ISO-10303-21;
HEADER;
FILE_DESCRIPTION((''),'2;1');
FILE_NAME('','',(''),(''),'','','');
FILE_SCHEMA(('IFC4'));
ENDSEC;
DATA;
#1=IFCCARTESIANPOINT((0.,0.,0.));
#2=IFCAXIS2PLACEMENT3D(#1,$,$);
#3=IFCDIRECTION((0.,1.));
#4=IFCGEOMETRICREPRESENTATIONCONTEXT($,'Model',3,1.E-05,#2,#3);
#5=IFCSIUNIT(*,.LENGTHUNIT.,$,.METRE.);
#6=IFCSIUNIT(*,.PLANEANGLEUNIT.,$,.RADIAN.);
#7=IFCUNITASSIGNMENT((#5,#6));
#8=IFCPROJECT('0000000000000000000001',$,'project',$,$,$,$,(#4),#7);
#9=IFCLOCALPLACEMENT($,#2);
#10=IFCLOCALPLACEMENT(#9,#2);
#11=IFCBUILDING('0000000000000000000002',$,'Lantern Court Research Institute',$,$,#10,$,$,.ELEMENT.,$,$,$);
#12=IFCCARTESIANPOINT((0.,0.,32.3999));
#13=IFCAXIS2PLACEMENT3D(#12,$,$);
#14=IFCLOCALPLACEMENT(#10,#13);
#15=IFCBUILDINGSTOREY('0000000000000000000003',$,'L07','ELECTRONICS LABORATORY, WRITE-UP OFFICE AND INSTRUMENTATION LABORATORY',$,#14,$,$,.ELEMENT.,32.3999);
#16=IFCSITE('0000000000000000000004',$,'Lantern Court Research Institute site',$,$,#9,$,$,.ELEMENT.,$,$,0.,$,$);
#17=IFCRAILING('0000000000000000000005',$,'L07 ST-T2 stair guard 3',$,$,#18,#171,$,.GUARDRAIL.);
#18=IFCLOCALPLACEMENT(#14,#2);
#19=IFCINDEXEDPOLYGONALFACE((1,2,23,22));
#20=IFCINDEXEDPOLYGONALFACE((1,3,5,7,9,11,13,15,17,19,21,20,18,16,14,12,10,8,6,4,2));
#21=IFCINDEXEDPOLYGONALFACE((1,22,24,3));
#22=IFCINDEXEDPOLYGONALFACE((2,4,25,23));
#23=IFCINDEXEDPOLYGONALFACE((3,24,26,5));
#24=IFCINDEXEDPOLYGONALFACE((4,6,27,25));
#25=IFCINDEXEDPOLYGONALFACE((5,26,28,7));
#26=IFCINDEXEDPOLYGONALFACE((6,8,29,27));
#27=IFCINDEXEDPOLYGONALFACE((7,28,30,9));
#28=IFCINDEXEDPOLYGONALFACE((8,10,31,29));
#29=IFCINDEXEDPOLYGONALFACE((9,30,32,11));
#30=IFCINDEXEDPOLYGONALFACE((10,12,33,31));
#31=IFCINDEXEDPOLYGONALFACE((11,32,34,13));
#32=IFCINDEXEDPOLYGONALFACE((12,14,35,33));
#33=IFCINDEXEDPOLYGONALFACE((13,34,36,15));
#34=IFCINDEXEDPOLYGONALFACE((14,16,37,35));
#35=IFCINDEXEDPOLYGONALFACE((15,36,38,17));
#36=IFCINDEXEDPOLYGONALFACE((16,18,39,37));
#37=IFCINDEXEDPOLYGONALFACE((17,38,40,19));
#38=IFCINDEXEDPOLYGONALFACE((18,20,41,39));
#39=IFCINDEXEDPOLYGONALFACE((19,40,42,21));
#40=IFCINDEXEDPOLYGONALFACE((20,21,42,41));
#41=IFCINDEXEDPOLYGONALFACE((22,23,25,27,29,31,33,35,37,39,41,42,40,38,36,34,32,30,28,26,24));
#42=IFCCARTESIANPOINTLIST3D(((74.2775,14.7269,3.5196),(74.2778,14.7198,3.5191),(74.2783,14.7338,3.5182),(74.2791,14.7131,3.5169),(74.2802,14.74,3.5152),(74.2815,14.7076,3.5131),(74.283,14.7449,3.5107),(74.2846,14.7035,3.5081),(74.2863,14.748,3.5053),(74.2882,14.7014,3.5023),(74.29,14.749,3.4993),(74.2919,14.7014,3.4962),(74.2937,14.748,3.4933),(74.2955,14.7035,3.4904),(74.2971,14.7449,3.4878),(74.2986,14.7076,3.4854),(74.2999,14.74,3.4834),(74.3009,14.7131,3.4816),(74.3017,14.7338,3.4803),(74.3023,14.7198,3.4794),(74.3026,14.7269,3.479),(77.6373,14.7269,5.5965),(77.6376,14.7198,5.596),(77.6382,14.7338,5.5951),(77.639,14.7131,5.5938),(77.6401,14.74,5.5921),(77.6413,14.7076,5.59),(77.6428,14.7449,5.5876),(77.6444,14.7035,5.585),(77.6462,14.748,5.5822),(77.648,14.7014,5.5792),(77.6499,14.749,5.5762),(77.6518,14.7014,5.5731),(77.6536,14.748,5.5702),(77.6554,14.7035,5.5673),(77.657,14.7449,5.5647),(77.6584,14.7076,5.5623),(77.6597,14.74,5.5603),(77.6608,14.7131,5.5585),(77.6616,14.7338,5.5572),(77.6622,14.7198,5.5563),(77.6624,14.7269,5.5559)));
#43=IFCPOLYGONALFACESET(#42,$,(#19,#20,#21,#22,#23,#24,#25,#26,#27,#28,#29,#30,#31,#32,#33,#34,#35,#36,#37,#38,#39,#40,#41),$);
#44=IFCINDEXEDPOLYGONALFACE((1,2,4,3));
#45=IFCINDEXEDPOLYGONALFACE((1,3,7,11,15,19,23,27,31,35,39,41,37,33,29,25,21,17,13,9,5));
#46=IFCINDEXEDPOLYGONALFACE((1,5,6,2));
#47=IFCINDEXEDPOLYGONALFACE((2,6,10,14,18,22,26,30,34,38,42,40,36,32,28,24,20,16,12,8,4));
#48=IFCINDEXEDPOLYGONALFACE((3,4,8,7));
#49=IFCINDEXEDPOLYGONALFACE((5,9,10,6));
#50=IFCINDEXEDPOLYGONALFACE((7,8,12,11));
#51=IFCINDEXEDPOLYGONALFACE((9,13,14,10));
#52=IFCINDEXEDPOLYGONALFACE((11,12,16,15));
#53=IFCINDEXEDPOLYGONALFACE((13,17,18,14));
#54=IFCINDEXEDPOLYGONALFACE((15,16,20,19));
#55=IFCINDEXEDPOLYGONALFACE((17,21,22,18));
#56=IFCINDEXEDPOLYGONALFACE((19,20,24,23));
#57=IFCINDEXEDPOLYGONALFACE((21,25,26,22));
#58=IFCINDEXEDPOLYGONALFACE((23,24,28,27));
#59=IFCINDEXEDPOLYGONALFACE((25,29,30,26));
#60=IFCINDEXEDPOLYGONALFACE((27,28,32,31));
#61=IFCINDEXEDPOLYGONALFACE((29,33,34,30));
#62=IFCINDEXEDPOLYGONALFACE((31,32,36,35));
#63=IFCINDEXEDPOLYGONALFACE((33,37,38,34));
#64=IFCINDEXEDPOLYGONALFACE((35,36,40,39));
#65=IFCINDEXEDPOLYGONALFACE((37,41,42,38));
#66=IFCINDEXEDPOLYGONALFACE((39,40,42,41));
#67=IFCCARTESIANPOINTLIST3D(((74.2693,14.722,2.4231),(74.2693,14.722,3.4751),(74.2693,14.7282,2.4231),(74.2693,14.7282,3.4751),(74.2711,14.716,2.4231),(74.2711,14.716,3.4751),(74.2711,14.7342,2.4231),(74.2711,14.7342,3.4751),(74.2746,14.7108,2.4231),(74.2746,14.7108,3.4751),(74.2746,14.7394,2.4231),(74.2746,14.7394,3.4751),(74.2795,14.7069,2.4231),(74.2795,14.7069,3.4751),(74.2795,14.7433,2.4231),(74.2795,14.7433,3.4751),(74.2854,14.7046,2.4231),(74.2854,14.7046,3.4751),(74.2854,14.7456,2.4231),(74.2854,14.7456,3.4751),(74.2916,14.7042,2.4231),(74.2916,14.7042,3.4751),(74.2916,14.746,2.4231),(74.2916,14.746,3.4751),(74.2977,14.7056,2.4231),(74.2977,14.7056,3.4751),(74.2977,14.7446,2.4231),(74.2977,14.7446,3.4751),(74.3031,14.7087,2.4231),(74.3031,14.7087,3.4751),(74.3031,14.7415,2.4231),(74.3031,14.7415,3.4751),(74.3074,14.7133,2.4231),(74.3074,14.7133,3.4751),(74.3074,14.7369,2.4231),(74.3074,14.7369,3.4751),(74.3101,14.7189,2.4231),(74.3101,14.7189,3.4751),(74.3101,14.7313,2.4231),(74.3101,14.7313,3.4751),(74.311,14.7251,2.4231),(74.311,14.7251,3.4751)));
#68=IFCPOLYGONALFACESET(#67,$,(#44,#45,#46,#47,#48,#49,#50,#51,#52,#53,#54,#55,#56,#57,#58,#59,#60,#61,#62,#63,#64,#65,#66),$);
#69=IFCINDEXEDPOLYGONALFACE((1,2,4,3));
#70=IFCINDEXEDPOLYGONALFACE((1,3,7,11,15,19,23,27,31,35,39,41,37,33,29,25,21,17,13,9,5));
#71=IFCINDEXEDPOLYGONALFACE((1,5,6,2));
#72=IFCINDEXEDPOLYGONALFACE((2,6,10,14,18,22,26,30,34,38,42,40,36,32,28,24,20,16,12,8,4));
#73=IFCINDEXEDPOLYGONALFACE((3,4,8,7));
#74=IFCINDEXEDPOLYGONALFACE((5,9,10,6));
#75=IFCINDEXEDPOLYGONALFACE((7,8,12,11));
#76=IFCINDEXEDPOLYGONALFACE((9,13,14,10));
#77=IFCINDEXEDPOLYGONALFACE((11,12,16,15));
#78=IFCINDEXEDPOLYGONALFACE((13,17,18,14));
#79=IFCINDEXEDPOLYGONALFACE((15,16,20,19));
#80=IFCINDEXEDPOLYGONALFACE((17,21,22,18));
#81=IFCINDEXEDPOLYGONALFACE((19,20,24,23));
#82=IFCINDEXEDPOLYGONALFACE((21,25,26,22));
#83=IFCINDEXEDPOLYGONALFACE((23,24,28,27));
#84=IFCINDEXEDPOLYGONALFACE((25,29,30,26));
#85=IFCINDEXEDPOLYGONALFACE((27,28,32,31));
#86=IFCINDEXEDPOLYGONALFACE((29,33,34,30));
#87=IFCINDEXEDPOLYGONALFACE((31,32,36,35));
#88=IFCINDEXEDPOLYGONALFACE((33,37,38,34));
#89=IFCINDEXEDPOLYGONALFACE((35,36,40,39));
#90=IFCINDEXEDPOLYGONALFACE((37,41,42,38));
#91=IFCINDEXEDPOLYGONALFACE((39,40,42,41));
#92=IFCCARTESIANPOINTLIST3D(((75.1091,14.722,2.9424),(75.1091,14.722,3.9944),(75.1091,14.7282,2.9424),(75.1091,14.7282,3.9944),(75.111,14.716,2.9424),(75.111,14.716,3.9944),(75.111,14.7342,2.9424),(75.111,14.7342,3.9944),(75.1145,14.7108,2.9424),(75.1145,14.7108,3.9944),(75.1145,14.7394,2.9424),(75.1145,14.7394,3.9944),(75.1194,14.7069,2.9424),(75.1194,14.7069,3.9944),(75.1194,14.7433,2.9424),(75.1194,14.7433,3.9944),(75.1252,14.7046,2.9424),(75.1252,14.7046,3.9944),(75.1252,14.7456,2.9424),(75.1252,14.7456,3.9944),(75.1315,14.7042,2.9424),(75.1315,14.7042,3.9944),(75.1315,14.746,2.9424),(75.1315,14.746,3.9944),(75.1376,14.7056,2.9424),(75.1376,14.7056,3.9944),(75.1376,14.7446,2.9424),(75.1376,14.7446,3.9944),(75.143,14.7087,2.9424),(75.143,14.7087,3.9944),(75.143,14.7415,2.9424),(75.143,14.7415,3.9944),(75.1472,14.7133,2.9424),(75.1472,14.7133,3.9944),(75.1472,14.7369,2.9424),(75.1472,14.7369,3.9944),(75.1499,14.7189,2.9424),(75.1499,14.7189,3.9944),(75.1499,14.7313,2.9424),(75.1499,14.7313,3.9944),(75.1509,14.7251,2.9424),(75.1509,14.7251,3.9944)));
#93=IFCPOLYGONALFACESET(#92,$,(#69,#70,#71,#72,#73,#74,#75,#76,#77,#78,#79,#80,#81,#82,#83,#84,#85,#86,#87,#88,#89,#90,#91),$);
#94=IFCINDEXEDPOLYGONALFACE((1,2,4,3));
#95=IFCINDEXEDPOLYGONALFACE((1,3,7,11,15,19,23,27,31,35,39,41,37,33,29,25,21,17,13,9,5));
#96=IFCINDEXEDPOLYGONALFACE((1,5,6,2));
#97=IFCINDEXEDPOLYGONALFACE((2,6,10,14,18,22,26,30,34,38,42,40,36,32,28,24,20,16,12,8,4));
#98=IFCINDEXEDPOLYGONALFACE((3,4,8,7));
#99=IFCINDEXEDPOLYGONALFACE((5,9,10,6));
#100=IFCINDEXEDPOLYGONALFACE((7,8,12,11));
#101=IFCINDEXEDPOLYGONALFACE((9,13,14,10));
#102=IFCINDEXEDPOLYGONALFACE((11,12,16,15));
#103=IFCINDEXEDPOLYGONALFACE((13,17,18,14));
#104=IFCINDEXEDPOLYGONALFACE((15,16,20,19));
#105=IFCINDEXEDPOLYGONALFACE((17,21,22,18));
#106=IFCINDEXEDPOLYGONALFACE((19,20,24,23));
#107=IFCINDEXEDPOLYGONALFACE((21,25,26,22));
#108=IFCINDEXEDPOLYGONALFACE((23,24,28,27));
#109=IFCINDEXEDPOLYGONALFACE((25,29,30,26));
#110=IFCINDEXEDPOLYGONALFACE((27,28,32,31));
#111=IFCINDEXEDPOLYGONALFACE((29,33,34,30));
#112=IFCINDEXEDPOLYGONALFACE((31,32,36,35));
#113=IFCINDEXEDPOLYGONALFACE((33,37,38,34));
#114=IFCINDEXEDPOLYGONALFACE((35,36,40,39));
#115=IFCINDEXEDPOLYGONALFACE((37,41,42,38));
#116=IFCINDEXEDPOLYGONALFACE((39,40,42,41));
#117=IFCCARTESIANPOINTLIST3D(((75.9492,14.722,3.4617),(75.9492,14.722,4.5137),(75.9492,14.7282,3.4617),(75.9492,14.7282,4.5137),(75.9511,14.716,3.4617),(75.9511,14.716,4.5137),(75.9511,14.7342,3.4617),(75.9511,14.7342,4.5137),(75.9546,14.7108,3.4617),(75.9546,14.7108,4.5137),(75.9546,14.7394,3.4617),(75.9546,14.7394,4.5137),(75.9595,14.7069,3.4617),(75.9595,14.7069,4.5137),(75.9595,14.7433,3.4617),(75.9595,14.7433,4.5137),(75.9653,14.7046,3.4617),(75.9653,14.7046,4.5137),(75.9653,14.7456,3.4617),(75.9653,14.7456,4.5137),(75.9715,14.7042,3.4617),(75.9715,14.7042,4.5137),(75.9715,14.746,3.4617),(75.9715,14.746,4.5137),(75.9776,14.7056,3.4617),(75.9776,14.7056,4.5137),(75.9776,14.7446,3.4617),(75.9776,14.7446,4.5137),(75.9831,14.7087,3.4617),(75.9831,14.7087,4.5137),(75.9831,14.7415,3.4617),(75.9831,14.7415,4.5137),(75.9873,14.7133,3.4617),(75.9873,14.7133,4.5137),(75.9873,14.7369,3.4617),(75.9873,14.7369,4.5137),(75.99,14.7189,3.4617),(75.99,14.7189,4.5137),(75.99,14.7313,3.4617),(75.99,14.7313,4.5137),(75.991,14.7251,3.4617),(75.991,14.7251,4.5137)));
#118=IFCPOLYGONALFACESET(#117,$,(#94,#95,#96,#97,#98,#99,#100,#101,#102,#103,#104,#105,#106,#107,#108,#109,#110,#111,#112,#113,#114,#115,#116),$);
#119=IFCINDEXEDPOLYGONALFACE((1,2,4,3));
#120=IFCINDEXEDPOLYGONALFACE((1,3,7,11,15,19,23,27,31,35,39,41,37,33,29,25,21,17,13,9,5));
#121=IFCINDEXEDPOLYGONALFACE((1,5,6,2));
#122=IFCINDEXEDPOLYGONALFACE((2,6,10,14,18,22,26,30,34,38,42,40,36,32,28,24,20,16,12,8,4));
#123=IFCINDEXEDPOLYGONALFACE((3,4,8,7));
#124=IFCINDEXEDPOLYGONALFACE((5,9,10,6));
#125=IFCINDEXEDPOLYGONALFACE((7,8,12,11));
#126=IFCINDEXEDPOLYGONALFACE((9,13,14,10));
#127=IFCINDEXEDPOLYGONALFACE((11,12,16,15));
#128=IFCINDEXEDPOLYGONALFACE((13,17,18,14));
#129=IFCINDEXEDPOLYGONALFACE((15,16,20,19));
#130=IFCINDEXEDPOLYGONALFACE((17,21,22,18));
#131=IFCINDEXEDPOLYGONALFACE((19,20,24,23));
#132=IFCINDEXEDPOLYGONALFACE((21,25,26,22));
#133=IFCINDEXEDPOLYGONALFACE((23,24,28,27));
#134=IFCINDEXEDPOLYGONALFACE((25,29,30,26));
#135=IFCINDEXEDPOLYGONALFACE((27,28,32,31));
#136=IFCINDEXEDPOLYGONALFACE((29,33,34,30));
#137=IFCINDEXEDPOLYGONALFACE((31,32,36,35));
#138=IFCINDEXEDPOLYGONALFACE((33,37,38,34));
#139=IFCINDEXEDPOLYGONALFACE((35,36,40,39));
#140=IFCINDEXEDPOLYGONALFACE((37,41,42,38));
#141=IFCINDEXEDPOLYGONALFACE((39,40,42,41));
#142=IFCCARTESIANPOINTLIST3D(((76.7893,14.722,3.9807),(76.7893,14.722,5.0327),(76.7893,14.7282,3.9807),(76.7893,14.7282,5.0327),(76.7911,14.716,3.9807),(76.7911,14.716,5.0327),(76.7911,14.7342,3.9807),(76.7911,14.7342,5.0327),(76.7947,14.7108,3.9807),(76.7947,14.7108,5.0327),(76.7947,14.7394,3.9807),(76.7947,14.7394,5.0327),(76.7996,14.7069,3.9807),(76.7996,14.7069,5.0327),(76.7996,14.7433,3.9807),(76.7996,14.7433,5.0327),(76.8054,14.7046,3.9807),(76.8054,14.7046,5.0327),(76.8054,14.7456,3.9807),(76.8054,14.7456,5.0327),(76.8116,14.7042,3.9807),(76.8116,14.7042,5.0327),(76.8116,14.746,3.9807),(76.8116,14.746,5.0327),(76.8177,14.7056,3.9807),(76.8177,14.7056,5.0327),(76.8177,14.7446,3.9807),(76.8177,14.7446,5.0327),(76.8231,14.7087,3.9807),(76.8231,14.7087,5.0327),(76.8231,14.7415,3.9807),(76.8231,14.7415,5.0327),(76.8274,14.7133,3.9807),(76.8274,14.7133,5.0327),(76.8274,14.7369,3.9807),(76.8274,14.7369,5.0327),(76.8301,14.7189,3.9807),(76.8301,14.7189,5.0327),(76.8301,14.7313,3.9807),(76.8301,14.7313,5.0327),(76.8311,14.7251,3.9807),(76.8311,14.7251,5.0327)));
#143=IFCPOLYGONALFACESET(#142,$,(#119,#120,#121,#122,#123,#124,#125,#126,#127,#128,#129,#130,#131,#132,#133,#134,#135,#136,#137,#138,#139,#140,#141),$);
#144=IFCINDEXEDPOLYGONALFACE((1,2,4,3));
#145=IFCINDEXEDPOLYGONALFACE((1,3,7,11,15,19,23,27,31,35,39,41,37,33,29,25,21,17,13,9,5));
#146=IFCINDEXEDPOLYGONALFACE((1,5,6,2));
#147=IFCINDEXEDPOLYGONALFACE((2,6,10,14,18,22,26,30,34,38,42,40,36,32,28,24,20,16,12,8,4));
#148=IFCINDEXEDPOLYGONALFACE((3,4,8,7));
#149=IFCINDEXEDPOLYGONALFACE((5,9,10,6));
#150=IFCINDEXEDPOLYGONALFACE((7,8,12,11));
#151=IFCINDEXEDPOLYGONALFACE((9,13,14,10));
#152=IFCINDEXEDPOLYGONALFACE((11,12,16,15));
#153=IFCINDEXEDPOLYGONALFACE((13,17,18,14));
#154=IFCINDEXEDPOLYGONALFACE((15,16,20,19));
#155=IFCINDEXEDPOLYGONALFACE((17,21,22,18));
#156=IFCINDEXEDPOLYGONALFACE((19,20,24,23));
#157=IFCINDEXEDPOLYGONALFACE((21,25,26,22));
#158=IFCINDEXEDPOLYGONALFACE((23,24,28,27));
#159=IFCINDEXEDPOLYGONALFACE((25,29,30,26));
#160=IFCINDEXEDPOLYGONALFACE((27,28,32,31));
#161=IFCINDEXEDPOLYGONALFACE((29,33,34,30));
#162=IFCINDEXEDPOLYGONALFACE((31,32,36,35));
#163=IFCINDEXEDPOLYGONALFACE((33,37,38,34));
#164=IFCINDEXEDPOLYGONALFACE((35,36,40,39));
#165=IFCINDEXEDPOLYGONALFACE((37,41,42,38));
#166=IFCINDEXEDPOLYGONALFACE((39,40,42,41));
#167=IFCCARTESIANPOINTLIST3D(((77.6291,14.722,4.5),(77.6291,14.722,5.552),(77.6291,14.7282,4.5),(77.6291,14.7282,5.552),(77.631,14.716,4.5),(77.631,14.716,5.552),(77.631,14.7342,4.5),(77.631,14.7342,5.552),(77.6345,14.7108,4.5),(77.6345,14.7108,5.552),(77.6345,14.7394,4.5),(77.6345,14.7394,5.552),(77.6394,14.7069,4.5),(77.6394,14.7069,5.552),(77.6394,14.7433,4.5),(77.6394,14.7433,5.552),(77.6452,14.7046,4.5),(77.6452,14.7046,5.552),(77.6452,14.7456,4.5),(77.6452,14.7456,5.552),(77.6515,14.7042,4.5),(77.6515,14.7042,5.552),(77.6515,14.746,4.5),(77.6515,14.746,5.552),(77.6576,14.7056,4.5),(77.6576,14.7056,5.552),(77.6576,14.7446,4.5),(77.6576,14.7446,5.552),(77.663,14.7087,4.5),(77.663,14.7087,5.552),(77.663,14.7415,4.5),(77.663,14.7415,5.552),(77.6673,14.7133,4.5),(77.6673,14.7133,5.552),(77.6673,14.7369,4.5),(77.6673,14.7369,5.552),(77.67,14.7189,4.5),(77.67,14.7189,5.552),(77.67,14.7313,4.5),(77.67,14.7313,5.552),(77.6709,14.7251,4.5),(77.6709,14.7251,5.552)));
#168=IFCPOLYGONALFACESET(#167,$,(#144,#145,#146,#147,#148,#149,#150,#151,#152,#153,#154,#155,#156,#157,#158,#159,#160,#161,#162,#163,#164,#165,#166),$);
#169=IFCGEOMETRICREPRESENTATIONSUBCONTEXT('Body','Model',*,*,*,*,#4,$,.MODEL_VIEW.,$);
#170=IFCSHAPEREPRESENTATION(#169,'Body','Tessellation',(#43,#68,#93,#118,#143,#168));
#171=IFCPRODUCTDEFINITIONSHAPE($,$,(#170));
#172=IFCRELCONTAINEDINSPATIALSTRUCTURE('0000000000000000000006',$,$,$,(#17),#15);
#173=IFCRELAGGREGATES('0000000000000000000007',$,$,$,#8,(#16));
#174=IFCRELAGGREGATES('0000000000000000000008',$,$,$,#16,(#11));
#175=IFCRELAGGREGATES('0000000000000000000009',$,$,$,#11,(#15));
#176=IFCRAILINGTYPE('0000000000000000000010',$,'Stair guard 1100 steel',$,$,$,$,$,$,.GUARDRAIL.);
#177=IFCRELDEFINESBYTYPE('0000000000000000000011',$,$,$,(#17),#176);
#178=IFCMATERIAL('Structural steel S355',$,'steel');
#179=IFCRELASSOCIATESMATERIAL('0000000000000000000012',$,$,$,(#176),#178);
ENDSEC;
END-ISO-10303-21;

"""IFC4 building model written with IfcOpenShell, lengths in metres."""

from ifc_helpers import new_model, si_unit, direction, frame, origin, origin_2d, place, context, subcontext, project, spatial, circle, extrude, material, type_object, element, save


model = new_model("IFC4")

# Units and contexts
model_context = context("Model", 3, precision=1e-05, world=origin(), true_north=direction((0.0, 1.0)))
body_context = subcontext(model_context, "Body", "Model", "MODEL_VIEW")
ifc_project = project(units=[si_unit("LENGTHUNIT", "METRE"), si_unit("PLANEANGLEUNIT", "RADIAN")], contexts=[model_context])

# Site, building, storey
site_placement = place(None, origin())
site = spatial("IfcSite", under=ifc_project, at=site_placement, Name="Lantern Court Research Institute site", CompositionType="ELEMENT", RefElevation=0.0)
building_placement = place(site_placement, origin())
building = spatial("IfcBuilding", under=site, at=building_placement, Name="Lantern Court Research Institute", CompositionType="ELEMENT")
storey_placement = place(building_placement, frame((0.0, 0.0, 32.3999)))
storey = spatial("IfcBuildingStorey", under=building, at=storey_placement, Name="L07", Description="ELECTRONICS LABORATORY, WRITE-UP OFFICE AND INSTRUMENTATION LABORATORY", CompositionType="ELEMENT", Elevation=32.3999)

# Railing
ifc_material_1 = material(Name="Structural steel S355", Category="steel")
railing_type_1 = type_object("IfcRailingType", Name="Stair guard 1100 steel", PredefinedType="GUARDRAIL", material=ifc_material_1)
railing_1_placement = place(storey_placement, frame((74.29, 14.7251, 2.4231)))
element("IfcRailing", 1, at=railing_1_placement, inside=storey, type_object=railing_type_1, Name="L07 ST-T2 stair guard 3", PredefinedType="GUARDRAIL", context=body_context, shape_type="SweptSolid", body=[
    extrude(circle(Radius=0.0239, at=origin_2d()), frame((0.0, 0.0, 1.0762), z_axis=(0.850606, 0.0, 0.525803), x_axis=(0.0, 1.0, 0.0)), (0.0, 0.0, 1.0), 3.95),
    extrude(circle(Radius=0.021, at=origin_2d()), origin(), (0.0, 0.0, 1.0), 1.052),
    extrude(circle(Radius=0.021, at=origin_2d()), frame((0.8398, 0.0, 0.5193)), (0.0, 0.0, 1.0), 1.052),
    extrude(circle(Radius=0.021, at=origin_2d()), frame((1.6799, 0.0, 1.0386)), (0.0, 0.0, 1.0), 1.052),
    extrude(circle(Radius=0.021, at=origin_2d()), frame((2.52, 0.0, 1.5576)), (0.0, 0.0, 1.0), 1.052),
    extrude(circle(Radius=0.021, at=origin_2d()), frame((3.3599, 0.0, 2.0769)), (0.0, 0.0, 1.0), 1.052),
])

save(model, "model.ifc")
